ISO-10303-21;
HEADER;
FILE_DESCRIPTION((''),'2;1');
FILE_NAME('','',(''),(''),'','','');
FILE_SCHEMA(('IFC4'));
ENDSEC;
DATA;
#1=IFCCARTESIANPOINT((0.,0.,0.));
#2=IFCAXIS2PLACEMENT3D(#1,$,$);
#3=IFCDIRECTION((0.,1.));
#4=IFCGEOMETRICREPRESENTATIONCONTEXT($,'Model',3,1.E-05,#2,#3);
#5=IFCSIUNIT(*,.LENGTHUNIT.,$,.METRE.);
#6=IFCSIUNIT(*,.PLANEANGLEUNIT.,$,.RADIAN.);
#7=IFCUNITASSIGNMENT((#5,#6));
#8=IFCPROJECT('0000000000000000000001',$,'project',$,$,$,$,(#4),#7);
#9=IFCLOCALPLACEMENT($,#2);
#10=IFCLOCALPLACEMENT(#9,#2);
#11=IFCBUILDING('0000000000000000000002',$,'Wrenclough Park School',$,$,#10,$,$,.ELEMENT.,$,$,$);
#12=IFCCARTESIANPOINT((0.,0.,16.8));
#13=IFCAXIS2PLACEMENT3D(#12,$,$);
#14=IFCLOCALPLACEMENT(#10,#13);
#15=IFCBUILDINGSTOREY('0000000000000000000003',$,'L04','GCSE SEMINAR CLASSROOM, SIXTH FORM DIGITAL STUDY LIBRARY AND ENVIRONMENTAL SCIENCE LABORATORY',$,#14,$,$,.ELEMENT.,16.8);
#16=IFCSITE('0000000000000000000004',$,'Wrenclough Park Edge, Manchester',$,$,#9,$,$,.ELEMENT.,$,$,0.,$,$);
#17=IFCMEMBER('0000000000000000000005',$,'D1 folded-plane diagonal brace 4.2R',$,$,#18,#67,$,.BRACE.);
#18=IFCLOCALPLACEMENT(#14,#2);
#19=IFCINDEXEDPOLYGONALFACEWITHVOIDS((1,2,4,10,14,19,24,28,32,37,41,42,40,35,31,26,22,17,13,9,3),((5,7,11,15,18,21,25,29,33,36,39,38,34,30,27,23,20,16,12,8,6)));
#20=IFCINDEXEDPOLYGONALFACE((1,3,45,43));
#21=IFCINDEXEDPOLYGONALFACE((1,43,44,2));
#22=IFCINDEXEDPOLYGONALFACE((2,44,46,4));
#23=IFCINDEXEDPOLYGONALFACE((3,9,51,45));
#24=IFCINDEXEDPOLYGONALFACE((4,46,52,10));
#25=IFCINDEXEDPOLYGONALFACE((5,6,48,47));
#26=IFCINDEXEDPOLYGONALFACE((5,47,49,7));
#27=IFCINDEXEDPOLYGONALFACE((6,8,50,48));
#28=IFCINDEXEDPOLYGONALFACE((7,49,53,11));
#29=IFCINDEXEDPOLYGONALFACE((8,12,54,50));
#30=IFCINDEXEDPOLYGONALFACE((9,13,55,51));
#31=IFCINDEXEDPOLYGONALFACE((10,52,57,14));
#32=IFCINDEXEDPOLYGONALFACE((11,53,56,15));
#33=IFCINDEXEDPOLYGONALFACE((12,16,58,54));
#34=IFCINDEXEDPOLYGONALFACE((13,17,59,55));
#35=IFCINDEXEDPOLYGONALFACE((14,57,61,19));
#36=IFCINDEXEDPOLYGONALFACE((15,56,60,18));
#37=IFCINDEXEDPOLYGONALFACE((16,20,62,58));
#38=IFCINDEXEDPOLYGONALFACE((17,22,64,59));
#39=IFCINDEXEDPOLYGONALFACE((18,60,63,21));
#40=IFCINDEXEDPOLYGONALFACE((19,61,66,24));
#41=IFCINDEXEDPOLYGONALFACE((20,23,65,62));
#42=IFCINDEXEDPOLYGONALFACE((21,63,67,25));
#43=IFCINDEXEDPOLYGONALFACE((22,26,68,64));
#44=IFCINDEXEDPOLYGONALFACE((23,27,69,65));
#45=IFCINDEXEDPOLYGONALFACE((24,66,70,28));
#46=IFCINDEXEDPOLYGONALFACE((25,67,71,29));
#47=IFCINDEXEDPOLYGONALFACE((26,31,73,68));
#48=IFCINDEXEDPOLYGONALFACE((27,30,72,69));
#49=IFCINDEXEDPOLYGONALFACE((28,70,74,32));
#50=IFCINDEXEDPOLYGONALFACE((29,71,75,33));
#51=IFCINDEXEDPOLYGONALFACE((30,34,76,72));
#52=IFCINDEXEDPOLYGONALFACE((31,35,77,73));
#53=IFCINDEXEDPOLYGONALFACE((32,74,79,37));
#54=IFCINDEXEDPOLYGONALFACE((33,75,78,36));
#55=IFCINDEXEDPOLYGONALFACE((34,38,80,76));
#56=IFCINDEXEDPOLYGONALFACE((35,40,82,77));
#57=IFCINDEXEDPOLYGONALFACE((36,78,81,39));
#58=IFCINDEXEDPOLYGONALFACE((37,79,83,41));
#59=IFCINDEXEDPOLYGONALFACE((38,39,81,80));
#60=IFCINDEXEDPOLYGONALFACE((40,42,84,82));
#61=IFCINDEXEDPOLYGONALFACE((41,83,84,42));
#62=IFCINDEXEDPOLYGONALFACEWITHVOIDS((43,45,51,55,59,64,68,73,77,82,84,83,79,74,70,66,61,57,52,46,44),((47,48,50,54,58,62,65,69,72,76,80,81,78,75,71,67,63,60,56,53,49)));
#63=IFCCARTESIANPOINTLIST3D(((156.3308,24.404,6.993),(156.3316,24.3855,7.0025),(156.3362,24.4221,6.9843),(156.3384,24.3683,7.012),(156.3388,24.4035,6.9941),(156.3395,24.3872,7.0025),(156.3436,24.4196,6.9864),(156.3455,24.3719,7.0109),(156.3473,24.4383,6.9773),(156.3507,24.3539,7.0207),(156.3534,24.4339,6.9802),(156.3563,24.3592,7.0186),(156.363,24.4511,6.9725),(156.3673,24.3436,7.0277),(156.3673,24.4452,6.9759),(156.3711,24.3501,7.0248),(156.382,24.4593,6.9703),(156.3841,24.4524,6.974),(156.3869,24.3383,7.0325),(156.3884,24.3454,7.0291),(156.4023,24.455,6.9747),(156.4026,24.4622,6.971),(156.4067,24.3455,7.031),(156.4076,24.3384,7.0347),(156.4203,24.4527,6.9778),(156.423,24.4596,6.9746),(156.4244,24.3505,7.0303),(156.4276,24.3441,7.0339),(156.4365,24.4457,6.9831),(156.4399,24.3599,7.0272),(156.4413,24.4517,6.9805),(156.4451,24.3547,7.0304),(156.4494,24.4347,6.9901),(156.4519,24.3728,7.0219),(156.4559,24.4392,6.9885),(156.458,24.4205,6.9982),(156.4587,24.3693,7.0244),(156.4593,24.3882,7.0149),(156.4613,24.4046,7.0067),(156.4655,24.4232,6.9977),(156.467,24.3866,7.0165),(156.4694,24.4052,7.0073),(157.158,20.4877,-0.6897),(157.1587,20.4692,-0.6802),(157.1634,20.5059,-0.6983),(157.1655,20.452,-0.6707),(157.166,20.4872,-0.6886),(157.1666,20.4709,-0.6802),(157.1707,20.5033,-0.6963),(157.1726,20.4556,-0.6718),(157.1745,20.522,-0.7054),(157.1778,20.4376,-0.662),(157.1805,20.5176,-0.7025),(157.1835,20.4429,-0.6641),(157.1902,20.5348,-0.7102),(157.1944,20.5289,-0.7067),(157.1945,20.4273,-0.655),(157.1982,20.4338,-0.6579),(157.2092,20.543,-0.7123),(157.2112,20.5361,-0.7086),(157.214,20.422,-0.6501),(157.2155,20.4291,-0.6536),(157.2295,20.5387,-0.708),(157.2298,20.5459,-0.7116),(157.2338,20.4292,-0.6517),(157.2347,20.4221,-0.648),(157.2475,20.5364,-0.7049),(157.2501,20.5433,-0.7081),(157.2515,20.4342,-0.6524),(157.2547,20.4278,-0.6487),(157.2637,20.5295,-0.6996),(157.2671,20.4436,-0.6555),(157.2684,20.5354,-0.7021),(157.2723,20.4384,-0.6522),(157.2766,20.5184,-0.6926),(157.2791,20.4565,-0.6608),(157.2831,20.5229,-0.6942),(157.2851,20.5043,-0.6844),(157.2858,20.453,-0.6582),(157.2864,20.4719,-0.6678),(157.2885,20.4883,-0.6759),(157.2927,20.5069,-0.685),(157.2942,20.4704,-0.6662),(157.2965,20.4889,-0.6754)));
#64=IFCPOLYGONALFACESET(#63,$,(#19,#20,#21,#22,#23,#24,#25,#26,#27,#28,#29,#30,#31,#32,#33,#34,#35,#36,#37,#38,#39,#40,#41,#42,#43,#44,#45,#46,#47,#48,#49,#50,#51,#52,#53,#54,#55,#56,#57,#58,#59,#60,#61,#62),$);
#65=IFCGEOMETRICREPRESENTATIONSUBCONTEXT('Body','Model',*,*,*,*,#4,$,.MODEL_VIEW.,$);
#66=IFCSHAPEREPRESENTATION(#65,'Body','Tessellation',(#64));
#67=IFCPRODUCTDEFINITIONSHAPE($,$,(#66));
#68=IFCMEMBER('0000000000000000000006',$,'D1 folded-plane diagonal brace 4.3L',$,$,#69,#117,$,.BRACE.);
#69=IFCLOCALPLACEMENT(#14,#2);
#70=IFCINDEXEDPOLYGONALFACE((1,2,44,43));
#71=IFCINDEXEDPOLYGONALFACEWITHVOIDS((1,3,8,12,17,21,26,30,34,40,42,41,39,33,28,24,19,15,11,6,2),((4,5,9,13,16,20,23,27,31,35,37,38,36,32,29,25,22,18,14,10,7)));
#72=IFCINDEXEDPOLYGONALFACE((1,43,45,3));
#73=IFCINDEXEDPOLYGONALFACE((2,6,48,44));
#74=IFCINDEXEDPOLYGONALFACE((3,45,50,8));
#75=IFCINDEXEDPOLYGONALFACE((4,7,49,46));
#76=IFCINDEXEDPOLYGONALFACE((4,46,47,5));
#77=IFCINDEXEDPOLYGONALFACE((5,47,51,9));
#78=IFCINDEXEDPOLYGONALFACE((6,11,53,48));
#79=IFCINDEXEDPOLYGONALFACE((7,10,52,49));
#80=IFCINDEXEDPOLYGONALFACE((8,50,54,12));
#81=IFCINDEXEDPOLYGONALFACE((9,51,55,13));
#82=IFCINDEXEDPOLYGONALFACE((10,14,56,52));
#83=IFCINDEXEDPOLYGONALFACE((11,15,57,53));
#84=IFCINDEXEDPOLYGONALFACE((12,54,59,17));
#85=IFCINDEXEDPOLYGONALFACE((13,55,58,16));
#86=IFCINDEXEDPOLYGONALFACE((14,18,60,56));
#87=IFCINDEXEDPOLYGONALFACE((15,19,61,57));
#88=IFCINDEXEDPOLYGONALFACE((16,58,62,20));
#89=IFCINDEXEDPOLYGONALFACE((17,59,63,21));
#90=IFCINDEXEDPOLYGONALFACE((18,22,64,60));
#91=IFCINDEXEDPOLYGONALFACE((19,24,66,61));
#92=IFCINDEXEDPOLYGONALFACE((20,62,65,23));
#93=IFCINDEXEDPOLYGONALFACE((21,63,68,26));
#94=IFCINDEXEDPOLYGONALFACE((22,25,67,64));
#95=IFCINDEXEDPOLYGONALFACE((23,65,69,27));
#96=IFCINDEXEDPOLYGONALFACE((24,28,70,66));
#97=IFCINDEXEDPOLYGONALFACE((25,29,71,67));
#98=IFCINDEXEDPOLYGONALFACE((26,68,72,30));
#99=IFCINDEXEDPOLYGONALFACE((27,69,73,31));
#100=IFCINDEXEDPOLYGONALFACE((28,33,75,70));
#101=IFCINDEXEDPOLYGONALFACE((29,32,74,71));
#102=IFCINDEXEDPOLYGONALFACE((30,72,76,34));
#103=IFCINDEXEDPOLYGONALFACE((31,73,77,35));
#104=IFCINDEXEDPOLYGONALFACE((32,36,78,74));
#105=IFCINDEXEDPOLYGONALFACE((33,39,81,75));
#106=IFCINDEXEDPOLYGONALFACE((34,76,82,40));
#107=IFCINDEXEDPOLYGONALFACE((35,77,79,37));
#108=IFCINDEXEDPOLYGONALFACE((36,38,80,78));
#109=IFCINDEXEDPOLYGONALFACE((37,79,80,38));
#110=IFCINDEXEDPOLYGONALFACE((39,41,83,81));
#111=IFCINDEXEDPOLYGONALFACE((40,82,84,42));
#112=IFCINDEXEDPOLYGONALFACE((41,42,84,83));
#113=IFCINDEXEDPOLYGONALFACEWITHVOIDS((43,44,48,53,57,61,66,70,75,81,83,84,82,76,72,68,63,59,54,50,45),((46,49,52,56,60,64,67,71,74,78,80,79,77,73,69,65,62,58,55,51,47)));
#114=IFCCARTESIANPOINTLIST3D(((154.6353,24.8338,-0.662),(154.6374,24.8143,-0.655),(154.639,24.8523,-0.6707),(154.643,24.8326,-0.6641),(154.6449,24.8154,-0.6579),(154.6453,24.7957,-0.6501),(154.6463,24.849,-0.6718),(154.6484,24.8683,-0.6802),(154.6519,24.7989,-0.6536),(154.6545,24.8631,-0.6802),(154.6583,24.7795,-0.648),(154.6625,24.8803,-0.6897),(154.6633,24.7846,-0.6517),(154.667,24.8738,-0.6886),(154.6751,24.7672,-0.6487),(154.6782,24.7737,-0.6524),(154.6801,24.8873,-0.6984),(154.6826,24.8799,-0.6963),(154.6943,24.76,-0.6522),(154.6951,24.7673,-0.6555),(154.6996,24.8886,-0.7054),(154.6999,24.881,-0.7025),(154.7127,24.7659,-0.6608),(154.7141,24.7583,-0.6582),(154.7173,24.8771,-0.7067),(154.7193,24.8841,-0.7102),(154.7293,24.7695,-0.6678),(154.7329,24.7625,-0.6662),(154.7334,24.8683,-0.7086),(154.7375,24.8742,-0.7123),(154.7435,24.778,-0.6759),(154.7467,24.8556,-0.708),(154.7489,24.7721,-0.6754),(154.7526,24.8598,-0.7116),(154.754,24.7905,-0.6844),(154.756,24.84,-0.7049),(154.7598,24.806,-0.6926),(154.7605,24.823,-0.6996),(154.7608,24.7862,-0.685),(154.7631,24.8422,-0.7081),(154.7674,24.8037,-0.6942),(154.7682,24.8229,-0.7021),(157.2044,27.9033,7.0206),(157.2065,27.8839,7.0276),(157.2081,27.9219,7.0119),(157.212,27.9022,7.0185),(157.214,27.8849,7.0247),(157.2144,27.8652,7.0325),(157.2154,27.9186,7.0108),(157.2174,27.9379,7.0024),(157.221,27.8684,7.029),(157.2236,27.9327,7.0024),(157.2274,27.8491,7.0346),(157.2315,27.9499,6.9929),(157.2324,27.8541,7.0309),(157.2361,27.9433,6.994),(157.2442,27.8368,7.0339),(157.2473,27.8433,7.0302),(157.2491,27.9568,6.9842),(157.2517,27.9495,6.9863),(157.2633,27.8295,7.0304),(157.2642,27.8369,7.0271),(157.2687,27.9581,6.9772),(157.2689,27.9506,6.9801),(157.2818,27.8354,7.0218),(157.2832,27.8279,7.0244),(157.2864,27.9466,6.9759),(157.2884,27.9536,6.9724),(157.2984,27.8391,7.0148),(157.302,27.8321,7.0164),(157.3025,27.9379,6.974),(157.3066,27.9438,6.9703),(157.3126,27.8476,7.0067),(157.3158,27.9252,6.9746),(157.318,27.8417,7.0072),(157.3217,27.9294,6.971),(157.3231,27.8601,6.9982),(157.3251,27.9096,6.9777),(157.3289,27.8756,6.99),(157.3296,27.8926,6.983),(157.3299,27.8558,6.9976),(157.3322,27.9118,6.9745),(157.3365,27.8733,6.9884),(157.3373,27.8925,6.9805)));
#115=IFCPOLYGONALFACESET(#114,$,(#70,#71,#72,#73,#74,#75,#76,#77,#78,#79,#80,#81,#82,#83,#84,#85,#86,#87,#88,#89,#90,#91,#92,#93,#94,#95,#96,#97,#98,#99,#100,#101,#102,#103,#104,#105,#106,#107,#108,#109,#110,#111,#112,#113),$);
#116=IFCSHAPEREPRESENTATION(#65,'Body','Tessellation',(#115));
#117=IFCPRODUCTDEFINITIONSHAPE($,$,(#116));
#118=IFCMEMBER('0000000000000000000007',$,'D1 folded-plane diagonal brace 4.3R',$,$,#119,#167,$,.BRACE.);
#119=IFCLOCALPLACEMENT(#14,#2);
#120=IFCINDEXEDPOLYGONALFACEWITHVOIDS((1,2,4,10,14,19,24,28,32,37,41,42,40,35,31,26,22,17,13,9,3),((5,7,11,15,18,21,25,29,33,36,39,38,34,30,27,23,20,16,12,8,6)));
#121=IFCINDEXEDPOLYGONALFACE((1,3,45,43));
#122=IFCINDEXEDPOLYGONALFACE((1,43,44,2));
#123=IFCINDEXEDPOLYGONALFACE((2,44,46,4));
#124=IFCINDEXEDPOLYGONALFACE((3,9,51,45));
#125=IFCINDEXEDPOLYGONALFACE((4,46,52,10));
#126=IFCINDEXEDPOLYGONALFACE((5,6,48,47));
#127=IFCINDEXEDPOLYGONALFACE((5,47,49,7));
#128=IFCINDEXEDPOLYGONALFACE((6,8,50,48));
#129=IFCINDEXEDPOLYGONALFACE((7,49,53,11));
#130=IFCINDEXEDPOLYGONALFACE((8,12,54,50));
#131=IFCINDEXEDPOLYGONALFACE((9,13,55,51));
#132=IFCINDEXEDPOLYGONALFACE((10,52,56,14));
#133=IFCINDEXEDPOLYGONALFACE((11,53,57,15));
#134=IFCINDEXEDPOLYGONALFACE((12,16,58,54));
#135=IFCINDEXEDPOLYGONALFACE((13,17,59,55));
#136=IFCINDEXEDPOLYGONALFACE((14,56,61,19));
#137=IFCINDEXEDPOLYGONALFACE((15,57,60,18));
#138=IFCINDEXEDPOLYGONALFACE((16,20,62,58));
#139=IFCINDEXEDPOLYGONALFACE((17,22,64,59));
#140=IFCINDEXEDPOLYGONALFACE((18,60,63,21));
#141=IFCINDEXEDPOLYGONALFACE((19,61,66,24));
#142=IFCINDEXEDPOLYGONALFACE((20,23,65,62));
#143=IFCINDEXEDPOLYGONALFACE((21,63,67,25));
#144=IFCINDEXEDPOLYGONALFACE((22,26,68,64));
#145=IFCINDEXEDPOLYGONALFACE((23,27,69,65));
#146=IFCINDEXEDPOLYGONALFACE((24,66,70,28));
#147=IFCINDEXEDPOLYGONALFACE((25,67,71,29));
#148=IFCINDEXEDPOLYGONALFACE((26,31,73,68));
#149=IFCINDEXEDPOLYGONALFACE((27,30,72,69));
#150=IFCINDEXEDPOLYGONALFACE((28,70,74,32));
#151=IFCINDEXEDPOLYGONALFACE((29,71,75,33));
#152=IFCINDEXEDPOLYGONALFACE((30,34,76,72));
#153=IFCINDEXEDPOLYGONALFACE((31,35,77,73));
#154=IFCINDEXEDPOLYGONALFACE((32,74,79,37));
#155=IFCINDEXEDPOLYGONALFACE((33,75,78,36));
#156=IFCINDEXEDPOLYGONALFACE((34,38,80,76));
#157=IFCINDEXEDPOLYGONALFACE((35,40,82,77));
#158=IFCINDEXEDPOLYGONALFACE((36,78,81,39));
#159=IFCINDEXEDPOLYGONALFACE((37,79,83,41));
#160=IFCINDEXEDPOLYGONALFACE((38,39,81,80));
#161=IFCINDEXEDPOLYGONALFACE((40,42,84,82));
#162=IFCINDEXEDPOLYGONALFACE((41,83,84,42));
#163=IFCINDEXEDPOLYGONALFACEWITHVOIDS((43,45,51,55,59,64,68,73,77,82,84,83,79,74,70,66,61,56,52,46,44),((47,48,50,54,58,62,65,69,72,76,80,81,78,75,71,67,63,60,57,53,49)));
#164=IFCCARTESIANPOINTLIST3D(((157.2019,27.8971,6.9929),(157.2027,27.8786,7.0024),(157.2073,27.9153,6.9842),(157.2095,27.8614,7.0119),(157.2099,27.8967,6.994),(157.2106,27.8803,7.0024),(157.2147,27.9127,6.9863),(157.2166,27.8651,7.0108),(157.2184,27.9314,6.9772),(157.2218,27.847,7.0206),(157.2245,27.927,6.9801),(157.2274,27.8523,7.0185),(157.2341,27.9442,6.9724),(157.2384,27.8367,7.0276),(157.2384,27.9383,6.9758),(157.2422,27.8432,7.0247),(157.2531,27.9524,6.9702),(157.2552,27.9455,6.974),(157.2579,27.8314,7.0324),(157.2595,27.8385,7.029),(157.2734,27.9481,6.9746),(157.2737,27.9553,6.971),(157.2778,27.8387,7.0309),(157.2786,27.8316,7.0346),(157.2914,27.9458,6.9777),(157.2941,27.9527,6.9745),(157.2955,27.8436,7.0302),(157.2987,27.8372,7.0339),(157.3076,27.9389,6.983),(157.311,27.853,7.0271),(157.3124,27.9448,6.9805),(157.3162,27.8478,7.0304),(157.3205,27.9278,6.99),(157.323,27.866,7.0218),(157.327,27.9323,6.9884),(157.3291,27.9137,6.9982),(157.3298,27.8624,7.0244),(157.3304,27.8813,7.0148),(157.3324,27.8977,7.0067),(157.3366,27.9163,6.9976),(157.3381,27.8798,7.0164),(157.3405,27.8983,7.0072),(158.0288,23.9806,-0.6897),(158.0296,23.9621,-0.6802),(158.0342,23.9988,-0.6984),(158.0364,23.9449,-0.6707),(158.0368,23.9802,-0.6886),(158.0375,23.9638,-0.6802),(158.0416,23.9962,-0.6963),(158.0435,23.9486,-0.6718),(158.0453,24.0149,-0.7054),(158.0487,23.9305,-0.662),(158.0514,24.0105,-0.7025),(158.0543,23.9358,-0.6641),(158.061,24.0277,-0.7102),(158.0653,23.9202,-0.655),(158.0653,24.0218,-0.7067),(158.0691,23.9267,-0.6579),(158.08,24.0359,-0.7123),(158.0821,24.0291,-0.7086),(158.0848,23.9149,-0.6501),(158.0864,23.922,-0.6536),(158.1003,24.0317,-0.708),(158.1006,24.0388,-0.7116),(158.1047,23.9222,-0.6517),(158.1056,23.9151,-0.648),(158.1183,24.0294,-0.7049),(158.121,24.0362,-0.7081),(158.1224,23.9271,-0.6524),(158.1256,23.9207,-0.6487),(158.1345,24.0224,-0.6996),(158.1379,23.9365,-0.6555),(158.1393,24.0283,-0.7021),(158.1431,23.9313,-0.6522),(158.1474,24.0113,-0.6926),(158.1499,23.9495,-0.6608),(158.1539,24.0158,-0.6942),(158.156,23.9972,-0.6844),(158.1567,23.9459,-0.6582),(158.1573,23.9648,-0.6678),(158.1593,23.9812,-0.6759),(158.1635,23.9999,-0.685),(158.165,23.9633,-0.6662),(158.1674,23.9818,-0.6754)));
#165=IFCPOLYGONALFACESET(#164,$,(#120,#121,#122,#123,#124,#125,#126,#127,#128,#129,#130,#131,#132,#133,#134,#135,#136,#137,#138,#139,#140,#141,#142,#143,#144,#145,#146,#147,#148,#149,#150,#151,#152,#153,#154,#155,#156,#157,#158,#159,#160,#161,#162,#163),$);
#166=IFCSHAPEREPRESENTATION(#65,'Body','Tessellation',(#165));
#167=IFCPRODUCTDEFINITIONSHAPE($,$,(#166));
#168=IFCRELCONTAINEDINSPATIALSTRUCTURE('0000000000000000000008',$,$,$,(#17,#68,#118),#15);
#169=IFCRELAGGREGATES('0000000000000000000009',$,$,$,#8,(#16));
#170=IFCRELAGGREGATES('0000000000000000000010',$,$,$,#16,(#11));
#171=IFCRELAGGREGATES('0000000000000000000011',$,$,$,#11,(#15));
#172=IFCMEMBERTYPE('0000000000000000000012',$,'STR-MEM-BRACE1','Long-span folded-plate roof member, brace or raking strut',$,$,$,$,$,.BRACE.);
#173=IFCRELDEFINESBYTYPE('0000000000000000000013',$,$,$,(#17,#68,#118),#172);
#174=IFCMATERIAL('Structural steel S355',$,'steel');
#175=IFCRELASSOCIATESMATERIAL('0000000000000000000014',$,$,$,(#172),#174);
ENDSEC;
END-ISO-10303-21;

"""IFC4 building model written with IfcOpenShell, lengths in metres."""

from ifc_helpers import new_model, si_unit, direction, frame, origin, origin_2d, place, context, subcontext, project, spatial, hollow_circle, extrude, material, material_profile, profile_set, type_object, element, save


model = new_model("IFC4")

# Units and contexts
model_context = context("Model", 3, precision=1e-05, world=origin(), true_north=direction((0.0, 1.0)))
body_context = subcontext(model_context, "Body", "Model", "MODEL_VIEW")
ifc_project = project(units=[si_unit("LENGTHUNIT", "METRE"), si_unit("PLANEANGLEUNIT", "RADIAN")], contexts=[model_context])

# Site, building, storey
site_placement = place(None, origin())
site = spatial("IfcSite", under=ifc_project, at=site_placement, Name="Wrenclough Park Edge, Manchester", CompositionType="ELEMENT", RefElevation=0.0)
building_placement = place(site_placement, origin())
building = spatial("IfcBuilding", under=site, at=building_placement, Name="Wrenclough Park School", CompositionType="ELEMENT")
storey_placement = place(building_placement, frame((0.0, 0.0, 16.8)))
storey = spatial("IfcBuildingStorey", under=building, at=storey_placement, Name="L04", Description="GCSE SEMINAR CLASSROOM, SIXTH FORM DIGITAL STUDY LIBRARY AND ENVIRONMENTAL SCIENCE LABORATORY", CompositionType="ELEMENT", Elevation=16.8)

# Members
ifc_material = material(Name="Structural steel S355", Category="steel")
ifc_material_profile_1 = material_profile(ifc_material, hollow_circle(Radius=0.0698, WallThickness=0.0081, at=origin_2d()), Name="CHS 139.7x8.0")
ifc_profile_set_1 = profile_set([ifc_material_profile_1], Name="Structural steel S355")
member_type_1 = type_object("IfcMemberType", Name="STR-MEM-BRACE1", Description="Long-span folded-plate roof member, brace or raking strut", PredefinedType="BRACE", material=ifc_profile_set_1)
for number, where, z_axis, x_axis, name in (
    (1, (157.2271, 20.4836, -0.6802), (-0.095483, 0.452079, 0.886853), (-0.978415, -0.20665, 0.0), "D1 folded-plane diagonal brace 4.2R"),
    (2, (154.7019, 24.8235, -0.6802), (0.296564, 0.354338, 0.886845), (-0.766855, 0.641821, 0.0), "D1 folded-plane diagonal brace 4.3L"),
    (3, (158.0979, 23.9766, -0.6802), (-0.095454, 0.452102, 0.886844), (-0.97843, -0.206579, 0.0), "D1 folded-plane diagonal brace 4.3R"),
):
    element("IfcMember", number, at=place(storey_placement, frame(where, z_axis=z_axis, x_axis=x_axis)), inside=storey, type_object=member_type_1, Name=name, PredefinedType="BRACE", context=body_context, shape_type="SweptSolid", body=[
        extrude(hollow_circle(Radius=0.0698, WallThickness=0.0081, at=origin_2d()), origin(), (0.0, 0.0, 1.0), 8.6628),
    ])

save(model, "model.ifc")
